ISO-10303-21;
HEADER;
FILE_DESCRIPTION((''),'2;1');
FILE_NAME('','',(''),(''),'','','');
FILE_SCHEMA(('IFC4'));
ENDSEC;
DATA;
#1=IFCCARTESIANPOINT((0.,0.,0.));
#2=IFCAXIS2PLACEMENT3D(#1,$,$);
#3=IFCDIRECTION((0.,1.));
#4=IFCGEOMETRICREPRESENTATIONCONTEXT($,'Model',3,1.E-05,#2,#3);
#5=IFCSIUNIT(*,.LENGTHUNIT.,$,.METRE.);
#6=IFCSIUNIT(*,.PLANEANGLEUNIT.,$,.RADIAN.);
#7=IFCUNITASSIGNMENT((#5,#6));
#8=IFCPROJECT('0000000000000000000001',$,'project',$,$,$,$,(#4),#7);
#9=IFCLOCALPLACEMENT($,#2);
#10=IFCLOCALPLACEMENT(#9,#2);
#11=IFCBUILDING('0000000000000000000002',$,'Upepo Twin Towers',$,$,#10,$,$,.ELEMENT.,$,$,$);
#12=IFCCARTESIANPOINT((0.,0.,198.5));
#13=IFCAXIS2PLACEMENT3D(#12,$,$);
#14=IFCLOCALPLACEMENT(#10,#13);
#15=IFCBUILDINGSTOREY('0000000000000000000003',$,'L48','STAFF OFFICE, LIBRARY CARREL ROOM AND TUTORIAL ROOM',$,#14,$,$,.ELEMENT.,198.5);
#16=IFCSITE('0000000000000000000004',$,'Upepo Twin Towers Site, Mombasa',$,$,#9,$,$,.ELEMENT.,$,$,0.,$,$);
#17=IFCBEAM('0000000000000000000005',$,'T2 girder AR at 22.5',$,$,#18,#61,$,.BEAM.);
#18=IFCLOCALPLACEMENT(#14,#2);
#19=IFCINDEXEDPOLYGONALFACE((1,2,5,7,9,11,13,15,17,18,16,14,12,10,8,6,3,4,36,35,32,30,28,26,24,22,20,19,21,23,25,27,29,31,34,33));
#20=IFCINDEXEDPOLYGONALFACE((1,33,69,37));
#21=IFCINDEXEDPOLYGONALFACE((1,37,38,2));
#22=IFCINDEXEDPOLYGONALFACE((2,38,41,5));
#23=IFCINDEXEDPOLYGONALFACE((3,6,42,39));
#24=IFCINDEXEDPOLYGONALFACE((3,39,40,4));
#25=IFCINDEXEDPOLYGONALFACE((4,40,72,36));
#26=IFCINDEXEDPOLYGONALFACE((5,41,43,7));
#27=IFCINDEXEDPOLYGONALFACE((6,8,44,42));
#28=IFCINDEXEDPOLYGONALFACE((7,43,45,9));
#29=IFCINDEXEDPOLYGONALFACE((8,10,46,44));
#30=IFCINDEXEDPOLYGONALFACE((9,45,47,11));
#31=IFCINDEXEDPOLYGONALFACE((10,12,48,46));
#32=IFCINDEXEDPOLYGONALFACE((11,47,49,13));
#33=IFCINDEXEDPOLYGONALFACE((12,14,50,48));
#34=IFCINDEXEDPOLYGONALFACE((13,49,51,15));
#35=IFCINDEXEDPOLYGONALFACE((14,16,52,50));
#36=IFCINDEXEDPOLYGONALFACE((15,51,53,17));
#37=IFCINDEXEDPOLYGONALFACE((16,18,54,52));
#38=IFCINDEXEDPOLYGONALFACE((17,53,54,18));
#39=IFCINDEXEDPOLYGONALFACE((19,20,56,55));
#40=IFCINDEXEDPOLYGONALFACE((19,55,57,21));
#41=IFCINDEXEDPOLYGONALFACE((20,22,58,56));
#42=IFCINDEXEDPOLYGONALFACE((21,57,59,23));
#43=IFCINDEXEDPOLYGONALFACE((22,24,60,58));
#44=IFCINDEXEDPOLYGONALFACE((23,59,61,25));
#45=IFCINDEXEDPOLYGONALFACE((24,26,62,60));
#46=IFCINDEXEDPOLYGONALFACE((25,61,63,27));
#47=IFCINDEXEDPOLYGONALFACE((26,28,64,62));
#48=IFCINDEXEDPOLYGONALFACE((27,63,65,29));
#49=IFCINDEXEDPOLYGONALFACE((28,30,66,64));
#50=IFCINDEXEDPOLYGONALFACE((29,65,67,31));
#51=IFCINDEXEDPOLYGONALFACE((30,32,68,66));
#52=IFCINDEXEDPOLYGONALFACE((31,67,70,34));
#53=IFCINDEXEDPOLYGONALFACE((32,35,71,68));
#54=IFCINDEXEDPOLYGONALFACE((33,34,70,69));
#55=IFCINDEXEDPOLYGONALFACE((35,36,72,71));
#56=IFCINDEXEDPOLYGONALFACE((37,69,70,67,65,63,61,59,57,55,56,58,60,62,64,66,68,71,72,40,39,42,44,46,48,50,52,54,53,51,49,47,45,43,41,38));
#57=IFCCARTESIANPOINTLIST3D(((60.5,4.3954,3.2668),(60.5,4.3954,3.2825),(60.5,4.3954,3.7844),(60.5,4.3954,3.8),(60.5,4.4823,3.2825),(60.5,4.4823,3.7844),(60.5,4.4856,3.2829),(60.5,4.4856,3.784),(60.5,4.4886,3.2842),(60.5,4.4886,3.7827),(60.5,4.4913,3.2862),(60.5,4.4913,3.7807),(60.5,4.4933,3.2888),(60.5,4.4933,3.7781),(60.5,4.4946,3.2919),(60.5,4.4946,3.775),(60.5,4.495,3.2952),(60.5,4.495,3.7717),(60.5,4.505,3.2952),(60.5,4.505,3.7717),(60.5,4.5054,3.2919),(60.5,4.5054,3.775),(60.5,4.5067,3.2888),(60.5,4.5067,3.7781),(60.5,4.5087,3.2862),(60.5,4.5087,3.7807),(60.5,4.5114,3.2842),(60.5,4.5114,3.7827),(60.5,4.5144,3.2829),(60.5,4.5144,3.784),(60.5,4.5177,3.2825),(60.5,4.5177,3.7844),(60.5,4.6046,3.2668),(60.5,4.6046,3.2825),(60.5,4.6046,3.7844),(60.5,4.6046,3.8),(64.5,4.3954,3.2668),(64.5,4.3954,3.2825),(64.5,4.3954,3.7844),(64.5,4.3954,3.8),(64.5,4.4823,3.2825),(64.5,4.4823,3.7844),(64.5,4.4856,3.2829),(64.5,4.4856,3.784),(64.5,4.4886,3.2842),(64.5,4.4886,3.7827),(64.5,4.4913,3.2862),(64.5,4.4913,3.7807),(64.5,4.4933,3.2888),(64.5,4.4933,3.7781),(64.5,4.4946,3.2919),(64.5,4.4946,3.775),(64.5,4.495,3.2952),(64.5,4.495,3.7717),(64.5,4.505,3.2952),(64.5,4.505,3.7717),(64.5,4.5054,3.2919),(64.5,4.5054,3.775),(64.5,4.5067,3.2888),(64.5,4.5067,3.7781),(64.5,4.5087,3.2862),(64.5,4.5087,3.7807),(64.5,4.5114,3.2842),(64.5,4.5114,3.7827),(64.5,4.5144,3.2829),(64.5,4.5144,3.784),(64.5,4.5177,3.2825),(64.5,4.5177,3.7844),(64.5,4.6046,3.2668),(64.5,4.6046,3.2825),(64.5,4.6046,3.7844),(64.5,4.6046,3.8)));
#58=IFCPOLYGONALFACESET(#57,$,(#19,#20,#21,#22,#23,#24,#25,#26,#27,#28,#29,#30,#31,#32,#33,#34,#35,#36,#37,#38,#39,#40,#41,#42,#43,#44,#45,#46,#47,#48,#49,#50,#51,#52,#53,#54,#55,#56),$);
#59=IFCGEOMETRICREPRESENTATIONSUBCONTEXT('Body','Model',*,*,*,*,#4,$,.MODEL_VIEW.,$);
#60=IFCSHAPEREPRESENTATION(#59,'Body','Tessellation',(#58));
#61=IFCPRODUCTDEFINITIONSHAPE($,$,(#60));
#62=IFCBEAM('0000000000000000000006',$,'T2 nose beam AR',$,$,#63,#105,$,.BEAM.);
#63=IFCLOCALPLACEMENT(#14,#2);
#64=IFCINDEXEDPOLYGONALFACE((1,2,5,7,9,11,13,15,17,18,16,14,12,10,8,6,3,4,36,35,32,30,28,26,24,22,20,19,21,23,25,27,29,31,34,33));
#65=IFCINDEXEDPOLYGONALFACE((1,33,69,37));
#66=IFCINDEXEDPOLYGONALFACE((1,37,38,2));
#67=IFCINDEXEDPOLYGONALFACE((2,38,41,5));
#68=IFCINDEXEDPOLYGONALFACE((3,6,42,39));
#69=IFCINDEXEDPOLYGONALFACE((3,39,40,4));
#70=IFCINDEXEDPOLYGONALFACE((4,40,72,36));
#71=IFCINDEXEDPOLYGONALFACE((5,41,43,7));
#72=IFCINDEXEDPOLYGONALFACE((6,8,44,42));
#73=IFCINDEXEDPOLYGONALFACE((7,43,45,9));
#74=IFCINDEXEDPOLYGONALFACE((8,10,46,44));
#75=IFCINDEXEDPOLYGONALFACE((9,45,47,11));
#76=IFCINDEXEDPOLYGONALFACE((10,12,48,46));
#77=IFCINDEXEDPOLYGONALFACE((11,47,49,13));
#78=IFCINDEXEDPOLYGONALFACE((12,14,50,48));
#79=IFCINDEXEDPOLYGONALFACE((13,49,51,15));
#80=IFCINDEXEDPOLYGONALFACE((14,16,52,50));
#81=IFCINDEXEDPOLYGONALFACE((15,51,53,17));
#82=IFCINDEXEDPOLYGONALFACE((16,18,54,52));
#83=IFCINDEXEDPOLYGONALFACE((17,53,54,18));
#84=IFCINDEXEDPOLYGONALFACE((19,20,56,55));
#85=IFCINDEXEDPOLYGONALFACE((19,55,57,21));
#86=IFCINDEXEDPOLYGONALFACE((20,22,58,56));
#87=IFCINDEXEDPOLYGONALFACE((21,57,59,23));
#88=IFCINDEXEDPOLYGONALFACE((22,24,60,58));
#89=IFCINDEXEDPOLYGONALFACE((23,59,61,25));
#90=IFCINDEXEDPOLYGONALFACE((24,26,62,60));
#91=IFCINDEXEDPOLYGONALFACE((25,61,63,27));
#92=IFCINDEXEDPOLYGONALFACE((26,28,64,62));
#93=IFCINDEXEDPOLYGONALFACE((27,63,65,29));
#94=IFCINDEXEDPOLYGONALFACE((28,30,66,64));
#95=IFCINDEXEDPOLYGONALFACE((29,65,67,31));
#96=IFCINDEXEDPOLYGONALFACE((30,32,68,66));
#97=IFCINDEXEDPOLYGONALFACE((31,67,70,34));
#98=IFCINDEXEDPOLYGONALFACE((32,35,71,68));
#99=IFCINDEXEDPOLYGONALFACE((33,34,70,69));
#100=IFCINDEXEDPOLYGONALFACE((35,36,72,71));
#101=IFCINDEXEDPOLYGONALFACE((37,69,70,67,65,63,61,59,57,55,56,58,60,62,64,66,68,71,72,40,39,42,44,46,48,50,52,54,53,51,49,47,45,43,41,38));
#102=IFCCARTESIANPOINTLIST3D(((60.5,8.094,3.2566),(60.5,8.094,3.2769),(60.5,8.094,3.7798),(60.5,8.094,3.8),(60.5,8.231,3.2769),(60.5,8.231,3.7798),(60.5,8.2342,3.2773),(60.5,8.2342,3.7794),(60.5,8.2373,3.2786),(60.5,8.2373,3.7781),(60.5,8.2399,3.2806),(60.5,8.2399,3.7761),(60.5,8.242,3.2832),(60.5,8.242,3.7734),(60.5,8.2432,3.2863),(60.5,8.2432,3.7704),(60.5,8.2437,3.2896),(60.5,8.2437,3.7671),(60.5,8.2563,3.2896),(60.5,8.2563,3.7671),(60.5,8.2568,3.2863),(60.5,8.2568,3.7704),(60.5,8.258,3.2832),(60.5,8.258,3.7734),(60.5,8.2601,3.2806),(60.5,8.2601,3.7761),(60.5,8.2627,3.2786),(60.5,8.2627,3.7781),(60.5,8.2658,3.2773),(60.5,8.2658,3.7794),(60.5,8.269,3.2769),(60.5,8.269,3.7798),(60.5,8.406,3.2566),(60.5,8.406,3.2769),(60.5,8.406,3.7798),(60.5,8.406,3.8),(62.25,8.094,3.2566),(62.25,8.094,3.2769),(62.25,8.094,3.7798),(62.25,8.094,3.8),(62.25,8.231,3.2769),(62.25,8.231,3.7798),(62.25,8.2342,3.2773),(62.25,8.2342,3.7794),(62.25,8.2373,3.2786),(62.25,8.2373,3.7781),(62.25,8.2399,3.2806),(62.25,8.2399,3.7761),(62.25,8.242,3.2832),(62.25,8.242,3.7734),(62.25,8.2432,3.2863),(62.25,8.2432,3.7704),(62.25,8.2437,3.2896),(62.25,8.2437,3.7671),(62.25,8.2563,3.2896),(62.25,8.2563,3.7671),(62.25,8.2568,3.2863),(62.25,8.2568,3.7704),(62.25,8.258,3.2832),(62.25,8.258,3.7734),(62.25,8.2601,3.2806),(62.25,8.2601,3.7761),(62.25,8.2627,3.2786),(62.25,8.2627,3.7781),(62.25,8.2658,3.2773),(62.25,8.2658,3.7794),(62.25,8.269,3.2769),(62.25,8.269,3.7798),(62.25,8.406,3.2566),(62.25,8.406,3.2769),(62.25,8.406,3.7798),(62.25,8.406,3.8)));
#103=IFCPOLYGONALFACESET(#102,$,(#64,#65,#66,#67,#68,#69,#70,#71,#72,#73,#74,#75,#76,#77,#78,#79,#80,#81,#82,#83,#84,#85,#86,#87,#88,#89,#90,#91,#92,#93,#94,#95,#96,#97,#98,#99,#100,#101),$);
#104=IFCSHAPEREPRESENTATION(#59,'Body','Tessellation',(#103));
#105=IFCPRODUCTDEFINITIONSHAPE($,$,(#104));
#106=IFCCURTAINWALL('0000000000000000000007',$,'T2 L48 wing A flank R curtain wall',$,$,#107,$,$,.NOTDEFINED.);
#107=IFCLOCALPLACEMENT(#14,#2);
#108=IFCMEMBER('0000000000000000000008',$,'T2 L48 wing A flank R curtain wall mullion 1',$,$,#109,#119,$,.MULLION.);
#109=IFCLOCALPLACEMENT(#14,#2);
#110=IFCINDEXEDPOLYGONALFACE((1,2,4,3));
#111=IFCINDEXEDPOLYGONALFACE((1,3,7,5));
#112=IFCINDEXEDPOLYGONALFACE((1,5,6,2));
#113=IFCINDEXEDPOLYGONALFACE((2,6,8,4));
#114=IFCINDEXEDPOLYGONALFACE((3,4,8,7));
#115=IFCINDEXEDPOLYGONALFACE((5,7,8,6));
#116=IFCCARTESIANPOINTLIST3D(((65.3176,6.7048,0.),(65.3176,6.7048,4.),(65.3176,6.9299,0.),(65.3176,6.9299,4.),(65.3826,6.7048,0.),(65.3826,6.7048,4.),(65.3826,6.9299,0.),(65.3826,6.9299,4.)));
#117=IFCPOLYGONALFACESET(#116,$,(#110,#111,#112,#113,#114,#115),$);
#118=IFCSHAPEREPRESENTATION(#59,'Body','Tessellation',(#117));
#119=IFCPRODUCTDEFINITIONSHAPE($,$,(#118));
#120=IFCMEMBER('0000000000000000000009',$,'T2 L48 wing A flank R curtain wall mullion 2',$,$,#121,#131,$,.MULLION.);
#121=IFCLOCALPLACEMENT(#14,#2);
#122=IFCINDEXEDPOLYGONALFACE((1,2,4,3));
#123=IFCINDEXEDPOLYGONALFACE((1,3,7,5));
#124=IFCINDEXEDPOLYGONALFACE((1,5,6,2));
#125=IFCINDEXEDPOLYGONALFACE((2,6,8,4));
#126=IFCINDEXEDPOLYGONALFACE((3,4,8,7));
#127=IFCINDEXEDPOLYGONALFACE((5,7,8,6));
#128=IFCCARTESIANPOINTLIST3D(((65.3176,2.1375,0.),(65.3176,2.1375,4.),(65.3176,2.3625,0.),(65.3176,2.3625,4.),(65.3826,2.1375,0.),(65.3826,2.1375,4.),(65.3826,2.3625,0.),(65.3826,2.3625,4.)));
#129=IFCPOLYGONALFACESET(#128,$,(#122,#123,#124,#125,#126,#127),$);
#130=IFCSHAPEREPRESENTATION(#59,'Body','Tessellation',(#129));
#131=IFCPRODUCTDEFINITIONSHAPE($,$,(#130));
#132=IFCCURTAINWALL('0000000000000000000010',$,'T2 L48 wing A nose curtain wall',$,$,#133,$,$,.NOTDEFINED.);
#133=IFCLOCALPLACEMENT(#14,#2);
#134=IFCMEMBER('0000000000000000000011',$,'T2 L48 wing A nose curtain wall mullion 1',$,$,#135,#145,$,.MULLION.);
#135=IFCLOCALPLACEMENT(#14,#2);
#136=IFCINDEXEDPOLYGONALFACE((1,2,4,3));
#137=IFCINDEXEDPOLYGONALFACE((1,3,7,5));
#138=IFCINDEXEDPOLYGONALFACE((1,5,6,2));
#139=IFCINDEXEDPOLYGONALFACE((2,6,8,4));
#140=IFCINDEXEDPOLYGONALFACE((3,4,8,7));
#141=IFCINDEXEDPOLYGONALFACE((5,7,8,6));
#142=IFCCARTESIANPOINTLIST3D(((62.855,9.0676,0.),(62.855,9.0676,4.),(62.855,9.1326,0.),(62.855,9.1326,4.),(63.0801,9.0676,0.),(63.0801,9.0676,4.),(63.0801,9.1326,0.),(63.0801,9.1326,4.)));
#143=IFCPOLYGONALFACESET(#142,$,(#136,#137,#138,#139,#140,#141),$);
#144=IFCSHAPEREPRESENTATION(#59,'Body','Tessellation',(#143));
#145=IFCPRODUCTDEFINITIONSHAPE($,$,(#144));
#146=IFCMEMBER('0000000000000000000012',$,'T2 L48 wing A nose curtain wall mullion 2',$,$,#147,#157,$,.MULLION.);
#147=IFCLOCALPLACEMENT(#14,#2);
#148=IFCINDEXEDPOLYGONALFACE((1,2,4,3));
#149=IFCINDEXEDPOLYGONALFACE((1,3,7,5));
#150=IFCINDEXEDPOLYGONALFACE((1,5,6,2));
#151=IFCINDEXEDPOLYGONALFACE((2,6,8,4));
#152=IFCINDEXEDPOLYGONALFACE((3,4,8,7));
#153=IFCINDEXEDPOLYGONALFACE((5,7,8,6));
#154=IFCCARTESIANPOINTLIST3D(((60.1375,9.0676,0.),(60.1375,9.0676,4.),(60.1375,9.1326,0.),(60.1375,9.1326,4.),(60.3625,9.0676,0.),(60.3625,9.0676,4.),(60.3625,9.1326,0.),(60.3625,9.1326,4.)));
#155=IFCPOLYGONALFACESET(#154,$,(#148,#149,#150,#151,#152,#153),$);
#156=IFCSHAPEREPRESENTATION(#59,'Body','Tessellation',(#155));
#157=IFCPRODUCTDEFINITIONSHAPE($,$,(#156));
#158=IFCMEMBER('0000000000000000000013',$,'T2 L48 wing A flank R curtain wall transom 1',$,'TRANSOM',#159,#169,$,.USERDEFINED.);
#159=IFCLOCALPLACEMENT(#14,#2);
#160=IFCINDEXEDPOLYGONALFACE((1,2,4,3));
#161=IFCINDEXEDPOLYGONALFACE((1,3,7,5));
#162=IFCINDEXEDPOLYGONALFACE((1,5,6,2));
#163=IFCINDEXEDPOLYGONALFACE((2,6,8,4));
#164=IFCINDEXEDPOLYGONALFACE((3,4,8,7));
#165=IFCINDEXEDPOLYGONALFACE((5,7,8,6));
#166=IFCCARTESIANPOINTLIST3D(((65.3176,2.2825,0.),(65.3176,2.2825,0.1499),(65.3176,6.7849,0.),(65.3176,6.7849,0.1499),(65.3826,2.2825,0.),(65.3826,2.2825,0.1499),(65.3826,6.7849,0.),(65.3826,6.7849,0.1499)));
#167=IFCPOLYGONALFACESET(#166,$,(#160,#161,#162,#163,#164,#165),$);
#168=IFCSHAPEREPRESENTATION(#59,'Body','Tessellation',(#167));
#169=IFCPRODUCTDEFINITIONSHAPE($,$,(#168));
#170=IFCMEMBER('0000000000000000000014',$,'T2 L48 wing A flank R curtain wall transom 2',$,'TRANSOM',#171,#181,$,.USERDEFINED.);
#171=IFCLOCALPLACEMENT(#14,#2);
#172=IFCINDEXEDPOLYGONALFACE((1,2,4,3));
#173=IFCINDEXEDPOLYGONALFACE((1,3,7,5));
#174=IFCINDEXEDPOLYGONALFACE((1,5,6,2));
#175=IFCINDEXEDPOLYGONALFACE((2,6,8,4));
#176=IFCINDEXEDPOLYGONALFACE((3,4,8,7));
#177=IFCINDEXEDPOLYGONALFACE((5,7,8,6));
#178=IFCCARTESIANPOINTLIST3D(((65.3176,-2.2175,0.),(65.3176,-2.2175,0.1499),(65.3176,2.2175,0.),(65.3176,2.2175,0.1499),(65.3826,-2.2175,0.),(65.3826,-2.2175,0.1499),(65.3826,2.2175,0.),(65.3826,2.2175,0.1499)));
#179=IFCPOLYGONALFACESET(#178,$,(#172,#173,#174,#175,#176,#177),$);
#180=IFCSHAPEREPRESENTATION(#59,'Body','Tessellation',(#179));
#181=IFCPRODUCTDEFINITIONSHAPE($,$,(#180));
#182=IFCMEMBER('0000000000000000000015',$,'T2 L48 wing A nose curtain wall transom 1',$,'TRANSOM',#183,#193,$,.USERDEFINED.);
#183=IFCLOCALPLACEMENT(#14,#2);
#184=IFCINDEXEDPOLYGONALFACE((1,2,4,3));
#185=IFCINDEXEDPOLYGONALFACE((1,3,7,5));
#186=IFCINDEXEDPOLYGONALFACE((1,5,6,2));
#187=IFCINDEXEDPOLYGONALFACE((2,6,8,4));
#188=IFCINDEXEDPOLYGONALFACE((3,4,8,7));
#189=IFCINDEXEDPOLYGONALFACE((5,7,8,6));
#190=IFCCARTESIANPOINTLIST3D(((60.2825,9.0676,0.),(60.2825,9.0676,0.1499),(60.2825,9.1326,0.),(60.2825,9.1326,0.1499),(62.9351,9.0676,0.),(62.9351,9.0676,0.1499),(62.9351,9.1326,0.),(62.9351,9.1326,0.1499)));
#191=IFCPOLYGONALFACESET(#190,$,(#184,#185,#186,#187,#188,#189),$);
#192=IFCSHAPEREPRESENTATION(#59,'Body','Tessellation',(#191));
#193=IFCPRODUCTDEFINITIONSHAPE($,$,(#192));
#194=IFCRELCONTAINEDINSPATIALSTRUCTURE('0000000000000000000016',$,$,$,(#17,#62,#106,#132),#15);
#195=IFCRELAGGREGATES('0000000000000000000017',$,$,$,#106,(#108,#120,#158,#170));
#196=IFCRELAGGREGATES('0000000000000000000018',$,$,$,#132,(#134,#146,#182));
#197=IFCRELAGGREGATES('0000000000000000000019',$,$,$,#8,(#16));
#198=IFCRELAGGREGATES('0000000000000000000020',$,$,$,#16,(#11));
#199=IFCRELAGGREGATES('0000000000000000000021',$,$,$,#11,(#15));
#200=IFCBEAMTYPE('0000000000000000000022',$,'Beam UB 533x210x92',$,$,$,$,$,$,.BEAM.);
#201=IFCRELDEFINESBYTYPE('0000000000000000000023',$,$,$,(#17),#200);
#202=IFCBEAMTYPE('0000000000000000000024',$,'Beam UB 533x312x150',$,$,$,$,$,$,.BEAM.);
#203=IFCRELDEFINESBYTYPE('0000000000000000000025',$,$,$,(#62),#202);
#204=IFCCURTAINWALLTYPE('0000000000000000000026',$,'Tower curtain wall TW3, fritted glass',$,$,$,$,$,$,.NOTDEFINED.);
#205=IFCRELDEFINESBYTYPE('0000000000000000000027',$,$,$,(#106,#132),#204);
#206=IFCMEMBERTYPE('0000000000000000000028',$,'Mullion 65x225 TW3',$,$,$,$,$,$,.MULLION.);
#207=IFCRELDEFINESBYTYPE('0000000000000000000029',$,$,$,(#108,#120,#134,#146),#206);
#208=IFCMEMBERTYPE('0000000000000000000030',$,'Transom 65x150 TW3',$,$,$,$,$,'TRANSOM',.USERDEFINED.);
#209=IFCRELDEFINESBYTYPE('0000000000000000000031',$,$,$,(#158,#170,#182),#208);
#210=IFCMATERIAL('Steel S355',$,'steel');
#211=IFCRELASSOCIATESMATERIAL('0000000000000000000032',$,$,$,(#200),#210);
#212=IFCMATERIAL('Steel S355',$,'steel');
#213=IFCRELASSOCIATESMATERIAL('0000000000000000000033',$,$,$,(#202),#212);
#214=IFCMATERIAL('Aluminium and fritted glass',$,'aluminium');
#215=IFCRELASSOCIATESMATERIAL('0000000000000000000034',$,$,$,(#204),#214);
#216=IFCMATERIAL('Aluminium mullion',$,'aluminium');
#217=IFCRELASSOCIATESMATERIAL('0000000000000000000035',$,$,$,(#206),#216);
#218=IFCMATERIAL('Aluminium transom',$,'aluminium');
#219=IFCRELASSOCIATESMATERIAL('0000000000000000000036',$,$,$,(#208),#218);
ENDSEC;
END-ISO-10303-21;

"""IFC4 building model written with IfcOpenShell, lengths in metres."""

from ifc_helpers import new_model, si_unit, direction, frame, origin, origin_2d, place, context, subcontext, project, spatial, rectangle, i_section, extrude, material, material_profile, profile_set, type_object, element, aggregate, save


model = new_model("IFC4")

# Units and contexts
model_context = context("Model", 3, precision=1e-05, world=origin(), true_north=direction((0.0, 1.0)))
body_context = subcontext(model_context, "Body", "Model", "MODEL_VIEW")
ifc_project = project(units=[si_unit("LENGTHUNIT", "METRE"), si_unit("PLANEANGLEUNIT", "RADIAN")], contexts=[model_context])

# Site, building, storey
site_placement = place(None, origin())
site = spatial("IfcSite", under=ifc_project, at=site_placement, Name="Upepo Twin Towers Site, Mombasa", CompositionType="ELEMENT", RefElevation=0.0)
building_placement = place(site_placement, origin())
building = spatial("IfcBuilding", under=site, at=building_placement, Name="Upepo Twin Towers", CompositionType="ELEMENT")
storey_placement = place(building_placement, frame((0.0, 0.0, 198.5)))
storey = spatial("IfcBuildingStorey", under=building, at=storey_placement, Name="L48", Description="STAFF OFFICE, LIBRARY CARREL ROOM AND TUTORIAL ROOM", CompositionType="ELEMENT", Elevation=198.5)

# Beams
ifc_material_1 = material(Name="Steel S355", Category="steel")
ifc_material_profile_1 = material_profile(ifc_material_1, i_section(OverallWidth=0.2092, OverallDepth=0.5332, WebThickness=0.01, FlangeThickness=0.0156, FilletRadius=0.0127, at=origin_2d()), Name="UB 533x210x92")
ifc_profile_set_1 = profile_set([ifc_material_profile_1], Name="Steel S355")
beam_type_1 = type_object("IfcBeamType", Name="Beam UB 533x210x92", PredefinedType="BEAM", material=ifc_profile_set_1)
for number, where, z_axis, x_axis, name in (
    (1, (64.5, 4.5, 3.5334), (-1.0, 0.0, 0.0), (0.0, -1.0, 0.0), "T2 girder AR at 22.5"),
):
    element("IfcBeam", number, at=place(storey_placement, frame(where, z_axis=z_axis, x_axis=x_axis)), inside=storey, type_object=beam_type_1, Name=name, PredefinedType="BEAM", context=body_context, shape_type="SweptSolid", body=[
        extrude(i_section(OverallWidth=0.2092, OverallDepth=0.5332, WebThickness=0.01, FlangeThickness=0.0156, FilletRadius=0.0127, at=origin_2d()), origin(), (0.0, 0.0, 1.0), 4.0),
    ])
ifc_material_2 = material(Name="Steel S355", Category="steel")
ifc_material_profile_2 = material_profile(ifc_material_2, i_section(OverallWidth=0.312, OverallDepth=0.5435, WebThickness=0.0127, FlangeThickness=0.0203, FilletRadius=0.0127, at=origin_2d()), Name="UB 533x312x150")
ifc_profile_set_2 = profile_set([ifc_material_profile_2], Name="Steel S355")
beam_type_2 = type_object("IfcBeamType", Name="Beam UB 533x312x150", PredefinedType="BEAM", material=ifc_profile_set_2)
beam_1_placement = place(storey_placement, frame((62.25, 8.25, 3.5283), z_axis=(-1.0, 0.0, 0.0), x_axis=(0.0, -1.0, 0.0)))
element("IfcBeam", 2, at=beam_1_placement, inside=storey, type_object=beam_type_2, Name="T2 nose beam AR", PredefinedType="BEAM", context=body_context, shape_type="SweptSolid", body=[
    extrude(i_section(OverallWidth=0.312, OverallDepth=0.5435, WebThickness=0.0127, FlangeThickness=0.0203, FilletRadius=0.0127, at=origin_2d()), origin(), (0.0, 0.0, 1.0), 1.75),
])

# Curtain walls, members
ifc_material_3 = material(Name="Aluminium and fritted glass", Category="aluminium")
curtain_wall_type = type_object("IfcCurtainWallType", Name="Tower curtain wall TW3, fritted glass", PredefinedType="NOTDEFINED", material=ifc_material_3)
curtain_wall_1_placement = place(storey_placement, origin())
curtain_wall_1 = element("IfcCurtainWall", 3, at=curtain_wall_1_placement, inside=storey, type_object=curtain_wall_type, Name="T2 L48 wing A flank R curtain wall", PredefinedType="NOTDEFINED")
ifc_material_4 = material(Name="Aluminium mullion", Category="aluminium")
ifc_material_profile_3 = material_profile(ifc_material_4, rectangle(XDim=0.0649, YDim=0.2251, at=origin_2d()), Name="MULLION 65x225")
ifc_profile_set_3 = profile_set([ifc_material_profile_3], Name="Aluminium mullion")
member_type_1 = type_object("IfcMemberType", Name="Mullion 65x225 TW3", PredefinedType="MULLION", material=ifc_profile_set_3)
member_1_placement = place(storey_placement, frame((65.3501, 6.8174, 0.0), z_axis=(0.0, 0.0, 1.0), x_axis=(1.0, 0.0, 0.0)))
member_1 = element("IfcMember", 4, at=member_1_placement, type_object=member_type_1, Name="T2 L48 wing A flank R curtain wall mullion 1", PredefinedType="MULLION", context=body_context, shape_type="SweptSolid", body=[
    extrude(rectangle(XDim=0.0649, YDim=0.2251, at=origin_2d()), origin(), (0.0, 0.0, 1.0), 4.0),
])
member_2_placement = place(storey_placement, frame((65.3501, 2.25, 0.0), z_axis=(0.0, 0.0, 1.0), x_axis=(1.0, 0.0, 0.0)))
member_2 = element("IfcMember", 5, at=member_2_placement, type_object=member_type_1, Name="T2 L48 wing A flank R curtain wall mullion 2", PredefinedType="MULLION", context=body_context, shape_type="SweptSolid", body=[
    extrude(rectangle(XDim=0.0649, YDim=0.2251, at=origin_2d()), origin(), (0.0, 0.0, 1.0), 4.0),
])
curtain_wall_2_placement = place(storey_placement, origin())
curtain_wall_2 = element("IfcCurtainWall", 6, at=curtain_wall_2_placement, inside=storey, type_object=curtain_wall_type, Name="T2 L48 wing A nose curtain wall", PredefinedType="NOTDEFINED")
member_3_placement = place(storey_placement, frame((62.9675, 9.1001, 0.0), z_axis=(0.0, 0.0, 1.0), x_axis=(0.0, -1.0, 0.0)))
member_3 = element("IfcMember", 7, at=member_3_placement, type_object=member_type_1, Name="T2 L48 wing A nose curtain wall mullion 1", PredefinedType="MULLION", context=body_context, shape_type="SweptSolid", body=[
    extrude(rectangle(XDim=0.0649, YDim=0.2251, at=origin_2d()), origin(), (0.0, 0.0, 1.0), 4.0),
])
member_4_placement = place(storey_placement, frame((60.25, 9.1001, 0.0), z_axis=(0.0, 0.0, 1.0), x_axis=(0.0, -1.0, 0.0)))
member_4 = element("IfcMember", 8, at=member_4_placement, type_object=member_type_1, Name="T2 L48 wing A nose curtain wall mullion 2", PredefinedType="MULLION", context=body_context, shape_type="SweptSolid", body=[
    extrude(rectangle(XDim=0.0649, YDim=0.2251, at=origin_2d()), origin(), (0.0, 0.0, 1.0), 4.0),
])

# Members
ifc_material_5 = material(Name="Aluminium transom", Category="aluminium")
ifc_material_profile_4 = material_profile(ifc_material_5, rectangle(XDim=0.0649, YDim=0.1499, at=origin_2d()), Name="TRANSOM 65x150")
ifc_profile_set_4 = profile_set([ifc_material_profile_4], Name="Aluminium transom")
member_type_2 = type_object("IfcMemberType", Name="Transom 65x150 TW3", ElementType="TRANSOM", PredefinedType="USERDEFINED", material=ifc_profile_set_4)
member_5_placement = place(storey_placement, frame((65.3501, 6.7849, 0.075), z_axis=(0.0, -1.0, 0.0), x_axis=(1.0, 0.0, 0.0)))
member_5 = element("IfcMember", 9, at=member_5_placement, type_object=member_type_2, Name="T2 L48 wing A flank R curtain wall transom 1", ObjectType="TRANSOM", PredefinedType="USERDEFINED", context=body_context, shape_type="SweptSolid", body=[
    extrude(rectangle(XDim=0.0649, YDim=0.1499, at=origin_2d()), origin(), (0.0, 0.0, 1.0), 4.5024),
])
member_6_placement = place(storey_placement, frame((65.3501, 2.2175, 0.075), z_axis=(0.0, -1.0, 0.0), x_axis=(1.0, 0.0, 0.0)))
member_6 = element("IfcMember", 10, at=member_6_placement, type_object=member_type_2, Name="T2 L48 wing A flank R curtain wall transom 2", ObjectType="TRANSOM", PredefinedType="USERDEFINED", context=body_context, shape_type="SweptSolid", body=[
    extrude(rectangle(XDim=0.0649, YDim=0.1499, at=origin_2d()), origin(), (0.0, 0.0, 1.0), 4.4351),
])
member_7_placement = place(storey_placement, frame((62.9351, 9.1001, 0.075), z_axis=(-1.0, 0.0, 0.0), x_axis=(0.0, -1.0, 0.0)))
member_7 = element("IfcMember", 11, at=member_7_placement, type_object=member_type_2, Name="T2 L48 wing A nose curtain wall transom 1", ObjectType="TRANSOM", PredefinedType="USERDEFINED", context=body_context, shape_type="SweptSolid", body=[
    extrude(rectangle(XDim=0.0649, YDim=0.1499, at=origin_2d()), origin(), (0.0, 0.0, 1.0), 2.6526),
])

aggregate(curtain_wall_1, [member_1, member_2, member_5, member_6])
aggregate(curtain_wall_2, [member_3, member_4, member_7])

save(model, "model.ifc")
